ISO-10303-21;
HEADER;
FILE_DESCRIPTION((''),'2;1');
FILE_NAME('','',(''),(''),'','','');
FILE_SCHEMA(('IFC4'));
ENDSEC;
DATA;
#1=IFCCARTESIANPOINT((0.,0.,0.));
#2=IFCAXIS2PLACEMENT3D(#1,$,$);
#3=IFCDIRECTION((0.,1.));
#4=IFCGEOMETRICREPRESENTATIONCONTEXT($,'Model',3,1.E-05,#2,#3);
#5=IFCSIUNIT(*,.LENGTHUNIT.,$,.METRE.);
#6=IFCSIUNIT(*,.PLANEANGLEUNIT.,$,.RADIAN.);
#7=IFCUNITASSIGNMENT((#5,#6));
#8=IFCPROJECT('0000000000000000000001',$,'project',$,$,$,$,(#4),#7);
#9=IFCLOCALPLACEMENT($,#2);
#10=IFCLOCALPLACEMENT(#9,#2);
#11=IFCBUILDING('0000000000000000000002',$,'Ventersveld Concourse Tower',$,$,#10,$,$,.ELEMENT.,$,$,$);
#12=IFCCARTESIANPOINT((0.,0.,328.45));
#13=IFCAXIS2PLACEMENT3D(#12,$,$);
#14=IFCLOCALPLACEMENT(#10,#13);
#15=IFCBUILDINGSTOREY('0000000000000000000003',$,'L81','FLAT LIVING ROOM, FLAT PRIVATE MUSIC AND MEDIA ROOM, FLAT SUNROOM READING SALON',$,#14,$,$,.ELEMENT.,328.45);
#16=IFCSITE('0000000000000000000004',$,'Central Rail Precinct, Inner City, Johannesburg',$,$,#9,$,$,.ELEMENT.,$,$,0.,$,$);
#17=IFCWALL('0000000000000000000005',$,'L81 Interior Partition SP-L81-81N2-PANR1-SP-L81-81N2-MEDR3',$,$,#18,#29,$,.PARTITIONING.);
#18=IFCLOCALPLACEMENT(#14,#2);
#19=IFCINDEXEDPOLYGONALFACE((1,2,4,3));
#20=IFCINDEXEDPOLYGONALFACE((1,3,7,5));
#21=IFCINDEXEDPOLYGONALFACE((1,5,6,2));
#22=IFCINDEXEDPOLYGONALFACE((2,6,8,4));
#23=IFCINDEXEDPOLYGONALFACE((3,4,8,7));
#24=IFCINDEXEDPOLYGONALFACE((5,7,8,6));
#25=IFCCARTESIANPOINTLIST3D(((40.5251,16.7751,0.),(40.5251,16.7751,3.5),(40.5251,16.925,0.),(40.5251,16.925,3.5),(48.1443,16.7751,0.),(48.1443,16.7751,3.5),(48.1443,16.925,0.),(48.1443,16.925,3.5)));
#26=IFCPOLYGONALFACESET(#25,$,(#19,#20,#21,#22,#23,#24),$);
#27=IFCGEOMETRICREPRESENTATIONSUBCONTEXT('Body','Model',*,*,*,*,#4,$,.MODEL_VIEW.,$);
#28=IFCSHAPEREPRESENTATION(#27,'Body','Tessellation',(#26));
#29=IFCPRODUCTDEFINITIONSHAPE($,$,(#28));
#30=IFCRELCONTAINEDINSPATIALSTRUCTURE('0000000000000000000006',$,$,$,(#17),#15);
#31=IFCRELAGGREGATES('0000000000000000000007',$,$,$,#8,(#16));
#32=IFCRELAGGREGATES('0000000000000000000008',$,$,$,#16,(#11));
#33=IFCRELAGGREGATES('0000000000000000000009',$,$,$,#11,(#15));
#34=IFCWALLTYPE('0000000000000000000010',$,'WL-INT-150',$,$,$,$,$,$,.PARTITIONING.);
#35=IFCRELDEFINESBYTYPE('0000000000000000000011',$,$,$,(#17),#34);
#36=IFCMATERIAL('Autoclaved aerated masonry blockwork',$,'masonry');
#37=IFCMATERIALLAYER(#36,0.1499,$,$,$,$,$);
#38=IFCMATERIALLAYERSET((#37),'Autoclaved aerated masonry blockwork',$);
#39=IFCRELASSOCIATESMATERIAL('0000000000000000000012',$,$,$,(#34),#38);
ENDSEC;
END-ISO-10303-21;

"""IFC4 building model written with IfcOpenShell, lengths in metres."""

from ifc_helpers import new_model, si_unit, direction, frame, frame_2d, origin, place, context, subcontext, project, spatial, rectangle, extrude, material, layer, layer_set, type_object, element, save


model = new_model("IFC4")

# Units and contexts
model_context = context("Model", 3, precision=1e-05, world=origin(), true_north=direction((0.0, 1.0)))
body_context = subcontext(model_context, "Body", "Model", "MODEL_VIEW")
ifc_project = project(units=[si_unit("LENGTHUNIT", "METRE"), si_unit("PLANEANGLEUNIT", "RADIAN")], contexts=[model_context])

# Site, building, storey
site_placement = place(None, origin())
site = spatial("IfcSite", under=ifc_project, at=site_placement, Name="Central Rail Precinct, Inner City, Johannesburg", CompositionType="ELEMENT", RefElevation=0.0)
building_placement = place(site_placement, origin())
building = spatial("IfcBuilding", under=site, at=building_placement, Name="Ventersveld Concourse Tower", CompositionType="ELEMENT")
storey_placement = place(building_placement, frame((0.0, 0.0, 328.45)))
storey = spatial("IfcBuildingStorey", under=building, at=storey_placement, Name="L81", Description="FLAT LIVING ROOM, FLAT PRIVATE MUSIC AND MEDIA ROOM, FLAT SUNROOM READING SALON", CompositionType="ELEMENT", Elevation=328.45)

# Shared definitions
ifc_material_1 = material(Name="Autoclaved aerated masonry blockwork", Category="masonry")
ifc_layer_1 = layer(ifc_material_1, 0.1499)
ifc_layer_set_1 = layer_set([ifc_layer_1], Name="Autoclaved aerated masonry blockwork")
wall_type_1 = type_object("IfcWallType", Name="WL-INT-150", PredefinedType="PARTITIONING", material=ifc_layer_set_1)

# Wall
for number, where, z_axis, x_axis, name in (
    (1, (40.5251, 16.8501, 0.0), (0.0, 0.0, 1.0), (1.0, 0.0, 0.0), "L81 Interior Partition SP-L81-81N2-PANR1-SP-L81-81N2-MEDR3"),
):
    element("IfcWall", number, at=place(storey_placement, frame(where, z_axis=z_axis, x_axis=x_axis)), inside=storey, type_object=wall_type_1, Name=name, PredefinedType="PARTITIONING", context=body_context, shape_type="SweptSolid", body=[
        extrude(rectangle(XDim=7.6191, YDim=0.1499, at=frame_2d((3.8096, 0.0))), origin(), (0.0, 0.0, 1.0), 3.5),
    ])

save(model, "model.ifc")
